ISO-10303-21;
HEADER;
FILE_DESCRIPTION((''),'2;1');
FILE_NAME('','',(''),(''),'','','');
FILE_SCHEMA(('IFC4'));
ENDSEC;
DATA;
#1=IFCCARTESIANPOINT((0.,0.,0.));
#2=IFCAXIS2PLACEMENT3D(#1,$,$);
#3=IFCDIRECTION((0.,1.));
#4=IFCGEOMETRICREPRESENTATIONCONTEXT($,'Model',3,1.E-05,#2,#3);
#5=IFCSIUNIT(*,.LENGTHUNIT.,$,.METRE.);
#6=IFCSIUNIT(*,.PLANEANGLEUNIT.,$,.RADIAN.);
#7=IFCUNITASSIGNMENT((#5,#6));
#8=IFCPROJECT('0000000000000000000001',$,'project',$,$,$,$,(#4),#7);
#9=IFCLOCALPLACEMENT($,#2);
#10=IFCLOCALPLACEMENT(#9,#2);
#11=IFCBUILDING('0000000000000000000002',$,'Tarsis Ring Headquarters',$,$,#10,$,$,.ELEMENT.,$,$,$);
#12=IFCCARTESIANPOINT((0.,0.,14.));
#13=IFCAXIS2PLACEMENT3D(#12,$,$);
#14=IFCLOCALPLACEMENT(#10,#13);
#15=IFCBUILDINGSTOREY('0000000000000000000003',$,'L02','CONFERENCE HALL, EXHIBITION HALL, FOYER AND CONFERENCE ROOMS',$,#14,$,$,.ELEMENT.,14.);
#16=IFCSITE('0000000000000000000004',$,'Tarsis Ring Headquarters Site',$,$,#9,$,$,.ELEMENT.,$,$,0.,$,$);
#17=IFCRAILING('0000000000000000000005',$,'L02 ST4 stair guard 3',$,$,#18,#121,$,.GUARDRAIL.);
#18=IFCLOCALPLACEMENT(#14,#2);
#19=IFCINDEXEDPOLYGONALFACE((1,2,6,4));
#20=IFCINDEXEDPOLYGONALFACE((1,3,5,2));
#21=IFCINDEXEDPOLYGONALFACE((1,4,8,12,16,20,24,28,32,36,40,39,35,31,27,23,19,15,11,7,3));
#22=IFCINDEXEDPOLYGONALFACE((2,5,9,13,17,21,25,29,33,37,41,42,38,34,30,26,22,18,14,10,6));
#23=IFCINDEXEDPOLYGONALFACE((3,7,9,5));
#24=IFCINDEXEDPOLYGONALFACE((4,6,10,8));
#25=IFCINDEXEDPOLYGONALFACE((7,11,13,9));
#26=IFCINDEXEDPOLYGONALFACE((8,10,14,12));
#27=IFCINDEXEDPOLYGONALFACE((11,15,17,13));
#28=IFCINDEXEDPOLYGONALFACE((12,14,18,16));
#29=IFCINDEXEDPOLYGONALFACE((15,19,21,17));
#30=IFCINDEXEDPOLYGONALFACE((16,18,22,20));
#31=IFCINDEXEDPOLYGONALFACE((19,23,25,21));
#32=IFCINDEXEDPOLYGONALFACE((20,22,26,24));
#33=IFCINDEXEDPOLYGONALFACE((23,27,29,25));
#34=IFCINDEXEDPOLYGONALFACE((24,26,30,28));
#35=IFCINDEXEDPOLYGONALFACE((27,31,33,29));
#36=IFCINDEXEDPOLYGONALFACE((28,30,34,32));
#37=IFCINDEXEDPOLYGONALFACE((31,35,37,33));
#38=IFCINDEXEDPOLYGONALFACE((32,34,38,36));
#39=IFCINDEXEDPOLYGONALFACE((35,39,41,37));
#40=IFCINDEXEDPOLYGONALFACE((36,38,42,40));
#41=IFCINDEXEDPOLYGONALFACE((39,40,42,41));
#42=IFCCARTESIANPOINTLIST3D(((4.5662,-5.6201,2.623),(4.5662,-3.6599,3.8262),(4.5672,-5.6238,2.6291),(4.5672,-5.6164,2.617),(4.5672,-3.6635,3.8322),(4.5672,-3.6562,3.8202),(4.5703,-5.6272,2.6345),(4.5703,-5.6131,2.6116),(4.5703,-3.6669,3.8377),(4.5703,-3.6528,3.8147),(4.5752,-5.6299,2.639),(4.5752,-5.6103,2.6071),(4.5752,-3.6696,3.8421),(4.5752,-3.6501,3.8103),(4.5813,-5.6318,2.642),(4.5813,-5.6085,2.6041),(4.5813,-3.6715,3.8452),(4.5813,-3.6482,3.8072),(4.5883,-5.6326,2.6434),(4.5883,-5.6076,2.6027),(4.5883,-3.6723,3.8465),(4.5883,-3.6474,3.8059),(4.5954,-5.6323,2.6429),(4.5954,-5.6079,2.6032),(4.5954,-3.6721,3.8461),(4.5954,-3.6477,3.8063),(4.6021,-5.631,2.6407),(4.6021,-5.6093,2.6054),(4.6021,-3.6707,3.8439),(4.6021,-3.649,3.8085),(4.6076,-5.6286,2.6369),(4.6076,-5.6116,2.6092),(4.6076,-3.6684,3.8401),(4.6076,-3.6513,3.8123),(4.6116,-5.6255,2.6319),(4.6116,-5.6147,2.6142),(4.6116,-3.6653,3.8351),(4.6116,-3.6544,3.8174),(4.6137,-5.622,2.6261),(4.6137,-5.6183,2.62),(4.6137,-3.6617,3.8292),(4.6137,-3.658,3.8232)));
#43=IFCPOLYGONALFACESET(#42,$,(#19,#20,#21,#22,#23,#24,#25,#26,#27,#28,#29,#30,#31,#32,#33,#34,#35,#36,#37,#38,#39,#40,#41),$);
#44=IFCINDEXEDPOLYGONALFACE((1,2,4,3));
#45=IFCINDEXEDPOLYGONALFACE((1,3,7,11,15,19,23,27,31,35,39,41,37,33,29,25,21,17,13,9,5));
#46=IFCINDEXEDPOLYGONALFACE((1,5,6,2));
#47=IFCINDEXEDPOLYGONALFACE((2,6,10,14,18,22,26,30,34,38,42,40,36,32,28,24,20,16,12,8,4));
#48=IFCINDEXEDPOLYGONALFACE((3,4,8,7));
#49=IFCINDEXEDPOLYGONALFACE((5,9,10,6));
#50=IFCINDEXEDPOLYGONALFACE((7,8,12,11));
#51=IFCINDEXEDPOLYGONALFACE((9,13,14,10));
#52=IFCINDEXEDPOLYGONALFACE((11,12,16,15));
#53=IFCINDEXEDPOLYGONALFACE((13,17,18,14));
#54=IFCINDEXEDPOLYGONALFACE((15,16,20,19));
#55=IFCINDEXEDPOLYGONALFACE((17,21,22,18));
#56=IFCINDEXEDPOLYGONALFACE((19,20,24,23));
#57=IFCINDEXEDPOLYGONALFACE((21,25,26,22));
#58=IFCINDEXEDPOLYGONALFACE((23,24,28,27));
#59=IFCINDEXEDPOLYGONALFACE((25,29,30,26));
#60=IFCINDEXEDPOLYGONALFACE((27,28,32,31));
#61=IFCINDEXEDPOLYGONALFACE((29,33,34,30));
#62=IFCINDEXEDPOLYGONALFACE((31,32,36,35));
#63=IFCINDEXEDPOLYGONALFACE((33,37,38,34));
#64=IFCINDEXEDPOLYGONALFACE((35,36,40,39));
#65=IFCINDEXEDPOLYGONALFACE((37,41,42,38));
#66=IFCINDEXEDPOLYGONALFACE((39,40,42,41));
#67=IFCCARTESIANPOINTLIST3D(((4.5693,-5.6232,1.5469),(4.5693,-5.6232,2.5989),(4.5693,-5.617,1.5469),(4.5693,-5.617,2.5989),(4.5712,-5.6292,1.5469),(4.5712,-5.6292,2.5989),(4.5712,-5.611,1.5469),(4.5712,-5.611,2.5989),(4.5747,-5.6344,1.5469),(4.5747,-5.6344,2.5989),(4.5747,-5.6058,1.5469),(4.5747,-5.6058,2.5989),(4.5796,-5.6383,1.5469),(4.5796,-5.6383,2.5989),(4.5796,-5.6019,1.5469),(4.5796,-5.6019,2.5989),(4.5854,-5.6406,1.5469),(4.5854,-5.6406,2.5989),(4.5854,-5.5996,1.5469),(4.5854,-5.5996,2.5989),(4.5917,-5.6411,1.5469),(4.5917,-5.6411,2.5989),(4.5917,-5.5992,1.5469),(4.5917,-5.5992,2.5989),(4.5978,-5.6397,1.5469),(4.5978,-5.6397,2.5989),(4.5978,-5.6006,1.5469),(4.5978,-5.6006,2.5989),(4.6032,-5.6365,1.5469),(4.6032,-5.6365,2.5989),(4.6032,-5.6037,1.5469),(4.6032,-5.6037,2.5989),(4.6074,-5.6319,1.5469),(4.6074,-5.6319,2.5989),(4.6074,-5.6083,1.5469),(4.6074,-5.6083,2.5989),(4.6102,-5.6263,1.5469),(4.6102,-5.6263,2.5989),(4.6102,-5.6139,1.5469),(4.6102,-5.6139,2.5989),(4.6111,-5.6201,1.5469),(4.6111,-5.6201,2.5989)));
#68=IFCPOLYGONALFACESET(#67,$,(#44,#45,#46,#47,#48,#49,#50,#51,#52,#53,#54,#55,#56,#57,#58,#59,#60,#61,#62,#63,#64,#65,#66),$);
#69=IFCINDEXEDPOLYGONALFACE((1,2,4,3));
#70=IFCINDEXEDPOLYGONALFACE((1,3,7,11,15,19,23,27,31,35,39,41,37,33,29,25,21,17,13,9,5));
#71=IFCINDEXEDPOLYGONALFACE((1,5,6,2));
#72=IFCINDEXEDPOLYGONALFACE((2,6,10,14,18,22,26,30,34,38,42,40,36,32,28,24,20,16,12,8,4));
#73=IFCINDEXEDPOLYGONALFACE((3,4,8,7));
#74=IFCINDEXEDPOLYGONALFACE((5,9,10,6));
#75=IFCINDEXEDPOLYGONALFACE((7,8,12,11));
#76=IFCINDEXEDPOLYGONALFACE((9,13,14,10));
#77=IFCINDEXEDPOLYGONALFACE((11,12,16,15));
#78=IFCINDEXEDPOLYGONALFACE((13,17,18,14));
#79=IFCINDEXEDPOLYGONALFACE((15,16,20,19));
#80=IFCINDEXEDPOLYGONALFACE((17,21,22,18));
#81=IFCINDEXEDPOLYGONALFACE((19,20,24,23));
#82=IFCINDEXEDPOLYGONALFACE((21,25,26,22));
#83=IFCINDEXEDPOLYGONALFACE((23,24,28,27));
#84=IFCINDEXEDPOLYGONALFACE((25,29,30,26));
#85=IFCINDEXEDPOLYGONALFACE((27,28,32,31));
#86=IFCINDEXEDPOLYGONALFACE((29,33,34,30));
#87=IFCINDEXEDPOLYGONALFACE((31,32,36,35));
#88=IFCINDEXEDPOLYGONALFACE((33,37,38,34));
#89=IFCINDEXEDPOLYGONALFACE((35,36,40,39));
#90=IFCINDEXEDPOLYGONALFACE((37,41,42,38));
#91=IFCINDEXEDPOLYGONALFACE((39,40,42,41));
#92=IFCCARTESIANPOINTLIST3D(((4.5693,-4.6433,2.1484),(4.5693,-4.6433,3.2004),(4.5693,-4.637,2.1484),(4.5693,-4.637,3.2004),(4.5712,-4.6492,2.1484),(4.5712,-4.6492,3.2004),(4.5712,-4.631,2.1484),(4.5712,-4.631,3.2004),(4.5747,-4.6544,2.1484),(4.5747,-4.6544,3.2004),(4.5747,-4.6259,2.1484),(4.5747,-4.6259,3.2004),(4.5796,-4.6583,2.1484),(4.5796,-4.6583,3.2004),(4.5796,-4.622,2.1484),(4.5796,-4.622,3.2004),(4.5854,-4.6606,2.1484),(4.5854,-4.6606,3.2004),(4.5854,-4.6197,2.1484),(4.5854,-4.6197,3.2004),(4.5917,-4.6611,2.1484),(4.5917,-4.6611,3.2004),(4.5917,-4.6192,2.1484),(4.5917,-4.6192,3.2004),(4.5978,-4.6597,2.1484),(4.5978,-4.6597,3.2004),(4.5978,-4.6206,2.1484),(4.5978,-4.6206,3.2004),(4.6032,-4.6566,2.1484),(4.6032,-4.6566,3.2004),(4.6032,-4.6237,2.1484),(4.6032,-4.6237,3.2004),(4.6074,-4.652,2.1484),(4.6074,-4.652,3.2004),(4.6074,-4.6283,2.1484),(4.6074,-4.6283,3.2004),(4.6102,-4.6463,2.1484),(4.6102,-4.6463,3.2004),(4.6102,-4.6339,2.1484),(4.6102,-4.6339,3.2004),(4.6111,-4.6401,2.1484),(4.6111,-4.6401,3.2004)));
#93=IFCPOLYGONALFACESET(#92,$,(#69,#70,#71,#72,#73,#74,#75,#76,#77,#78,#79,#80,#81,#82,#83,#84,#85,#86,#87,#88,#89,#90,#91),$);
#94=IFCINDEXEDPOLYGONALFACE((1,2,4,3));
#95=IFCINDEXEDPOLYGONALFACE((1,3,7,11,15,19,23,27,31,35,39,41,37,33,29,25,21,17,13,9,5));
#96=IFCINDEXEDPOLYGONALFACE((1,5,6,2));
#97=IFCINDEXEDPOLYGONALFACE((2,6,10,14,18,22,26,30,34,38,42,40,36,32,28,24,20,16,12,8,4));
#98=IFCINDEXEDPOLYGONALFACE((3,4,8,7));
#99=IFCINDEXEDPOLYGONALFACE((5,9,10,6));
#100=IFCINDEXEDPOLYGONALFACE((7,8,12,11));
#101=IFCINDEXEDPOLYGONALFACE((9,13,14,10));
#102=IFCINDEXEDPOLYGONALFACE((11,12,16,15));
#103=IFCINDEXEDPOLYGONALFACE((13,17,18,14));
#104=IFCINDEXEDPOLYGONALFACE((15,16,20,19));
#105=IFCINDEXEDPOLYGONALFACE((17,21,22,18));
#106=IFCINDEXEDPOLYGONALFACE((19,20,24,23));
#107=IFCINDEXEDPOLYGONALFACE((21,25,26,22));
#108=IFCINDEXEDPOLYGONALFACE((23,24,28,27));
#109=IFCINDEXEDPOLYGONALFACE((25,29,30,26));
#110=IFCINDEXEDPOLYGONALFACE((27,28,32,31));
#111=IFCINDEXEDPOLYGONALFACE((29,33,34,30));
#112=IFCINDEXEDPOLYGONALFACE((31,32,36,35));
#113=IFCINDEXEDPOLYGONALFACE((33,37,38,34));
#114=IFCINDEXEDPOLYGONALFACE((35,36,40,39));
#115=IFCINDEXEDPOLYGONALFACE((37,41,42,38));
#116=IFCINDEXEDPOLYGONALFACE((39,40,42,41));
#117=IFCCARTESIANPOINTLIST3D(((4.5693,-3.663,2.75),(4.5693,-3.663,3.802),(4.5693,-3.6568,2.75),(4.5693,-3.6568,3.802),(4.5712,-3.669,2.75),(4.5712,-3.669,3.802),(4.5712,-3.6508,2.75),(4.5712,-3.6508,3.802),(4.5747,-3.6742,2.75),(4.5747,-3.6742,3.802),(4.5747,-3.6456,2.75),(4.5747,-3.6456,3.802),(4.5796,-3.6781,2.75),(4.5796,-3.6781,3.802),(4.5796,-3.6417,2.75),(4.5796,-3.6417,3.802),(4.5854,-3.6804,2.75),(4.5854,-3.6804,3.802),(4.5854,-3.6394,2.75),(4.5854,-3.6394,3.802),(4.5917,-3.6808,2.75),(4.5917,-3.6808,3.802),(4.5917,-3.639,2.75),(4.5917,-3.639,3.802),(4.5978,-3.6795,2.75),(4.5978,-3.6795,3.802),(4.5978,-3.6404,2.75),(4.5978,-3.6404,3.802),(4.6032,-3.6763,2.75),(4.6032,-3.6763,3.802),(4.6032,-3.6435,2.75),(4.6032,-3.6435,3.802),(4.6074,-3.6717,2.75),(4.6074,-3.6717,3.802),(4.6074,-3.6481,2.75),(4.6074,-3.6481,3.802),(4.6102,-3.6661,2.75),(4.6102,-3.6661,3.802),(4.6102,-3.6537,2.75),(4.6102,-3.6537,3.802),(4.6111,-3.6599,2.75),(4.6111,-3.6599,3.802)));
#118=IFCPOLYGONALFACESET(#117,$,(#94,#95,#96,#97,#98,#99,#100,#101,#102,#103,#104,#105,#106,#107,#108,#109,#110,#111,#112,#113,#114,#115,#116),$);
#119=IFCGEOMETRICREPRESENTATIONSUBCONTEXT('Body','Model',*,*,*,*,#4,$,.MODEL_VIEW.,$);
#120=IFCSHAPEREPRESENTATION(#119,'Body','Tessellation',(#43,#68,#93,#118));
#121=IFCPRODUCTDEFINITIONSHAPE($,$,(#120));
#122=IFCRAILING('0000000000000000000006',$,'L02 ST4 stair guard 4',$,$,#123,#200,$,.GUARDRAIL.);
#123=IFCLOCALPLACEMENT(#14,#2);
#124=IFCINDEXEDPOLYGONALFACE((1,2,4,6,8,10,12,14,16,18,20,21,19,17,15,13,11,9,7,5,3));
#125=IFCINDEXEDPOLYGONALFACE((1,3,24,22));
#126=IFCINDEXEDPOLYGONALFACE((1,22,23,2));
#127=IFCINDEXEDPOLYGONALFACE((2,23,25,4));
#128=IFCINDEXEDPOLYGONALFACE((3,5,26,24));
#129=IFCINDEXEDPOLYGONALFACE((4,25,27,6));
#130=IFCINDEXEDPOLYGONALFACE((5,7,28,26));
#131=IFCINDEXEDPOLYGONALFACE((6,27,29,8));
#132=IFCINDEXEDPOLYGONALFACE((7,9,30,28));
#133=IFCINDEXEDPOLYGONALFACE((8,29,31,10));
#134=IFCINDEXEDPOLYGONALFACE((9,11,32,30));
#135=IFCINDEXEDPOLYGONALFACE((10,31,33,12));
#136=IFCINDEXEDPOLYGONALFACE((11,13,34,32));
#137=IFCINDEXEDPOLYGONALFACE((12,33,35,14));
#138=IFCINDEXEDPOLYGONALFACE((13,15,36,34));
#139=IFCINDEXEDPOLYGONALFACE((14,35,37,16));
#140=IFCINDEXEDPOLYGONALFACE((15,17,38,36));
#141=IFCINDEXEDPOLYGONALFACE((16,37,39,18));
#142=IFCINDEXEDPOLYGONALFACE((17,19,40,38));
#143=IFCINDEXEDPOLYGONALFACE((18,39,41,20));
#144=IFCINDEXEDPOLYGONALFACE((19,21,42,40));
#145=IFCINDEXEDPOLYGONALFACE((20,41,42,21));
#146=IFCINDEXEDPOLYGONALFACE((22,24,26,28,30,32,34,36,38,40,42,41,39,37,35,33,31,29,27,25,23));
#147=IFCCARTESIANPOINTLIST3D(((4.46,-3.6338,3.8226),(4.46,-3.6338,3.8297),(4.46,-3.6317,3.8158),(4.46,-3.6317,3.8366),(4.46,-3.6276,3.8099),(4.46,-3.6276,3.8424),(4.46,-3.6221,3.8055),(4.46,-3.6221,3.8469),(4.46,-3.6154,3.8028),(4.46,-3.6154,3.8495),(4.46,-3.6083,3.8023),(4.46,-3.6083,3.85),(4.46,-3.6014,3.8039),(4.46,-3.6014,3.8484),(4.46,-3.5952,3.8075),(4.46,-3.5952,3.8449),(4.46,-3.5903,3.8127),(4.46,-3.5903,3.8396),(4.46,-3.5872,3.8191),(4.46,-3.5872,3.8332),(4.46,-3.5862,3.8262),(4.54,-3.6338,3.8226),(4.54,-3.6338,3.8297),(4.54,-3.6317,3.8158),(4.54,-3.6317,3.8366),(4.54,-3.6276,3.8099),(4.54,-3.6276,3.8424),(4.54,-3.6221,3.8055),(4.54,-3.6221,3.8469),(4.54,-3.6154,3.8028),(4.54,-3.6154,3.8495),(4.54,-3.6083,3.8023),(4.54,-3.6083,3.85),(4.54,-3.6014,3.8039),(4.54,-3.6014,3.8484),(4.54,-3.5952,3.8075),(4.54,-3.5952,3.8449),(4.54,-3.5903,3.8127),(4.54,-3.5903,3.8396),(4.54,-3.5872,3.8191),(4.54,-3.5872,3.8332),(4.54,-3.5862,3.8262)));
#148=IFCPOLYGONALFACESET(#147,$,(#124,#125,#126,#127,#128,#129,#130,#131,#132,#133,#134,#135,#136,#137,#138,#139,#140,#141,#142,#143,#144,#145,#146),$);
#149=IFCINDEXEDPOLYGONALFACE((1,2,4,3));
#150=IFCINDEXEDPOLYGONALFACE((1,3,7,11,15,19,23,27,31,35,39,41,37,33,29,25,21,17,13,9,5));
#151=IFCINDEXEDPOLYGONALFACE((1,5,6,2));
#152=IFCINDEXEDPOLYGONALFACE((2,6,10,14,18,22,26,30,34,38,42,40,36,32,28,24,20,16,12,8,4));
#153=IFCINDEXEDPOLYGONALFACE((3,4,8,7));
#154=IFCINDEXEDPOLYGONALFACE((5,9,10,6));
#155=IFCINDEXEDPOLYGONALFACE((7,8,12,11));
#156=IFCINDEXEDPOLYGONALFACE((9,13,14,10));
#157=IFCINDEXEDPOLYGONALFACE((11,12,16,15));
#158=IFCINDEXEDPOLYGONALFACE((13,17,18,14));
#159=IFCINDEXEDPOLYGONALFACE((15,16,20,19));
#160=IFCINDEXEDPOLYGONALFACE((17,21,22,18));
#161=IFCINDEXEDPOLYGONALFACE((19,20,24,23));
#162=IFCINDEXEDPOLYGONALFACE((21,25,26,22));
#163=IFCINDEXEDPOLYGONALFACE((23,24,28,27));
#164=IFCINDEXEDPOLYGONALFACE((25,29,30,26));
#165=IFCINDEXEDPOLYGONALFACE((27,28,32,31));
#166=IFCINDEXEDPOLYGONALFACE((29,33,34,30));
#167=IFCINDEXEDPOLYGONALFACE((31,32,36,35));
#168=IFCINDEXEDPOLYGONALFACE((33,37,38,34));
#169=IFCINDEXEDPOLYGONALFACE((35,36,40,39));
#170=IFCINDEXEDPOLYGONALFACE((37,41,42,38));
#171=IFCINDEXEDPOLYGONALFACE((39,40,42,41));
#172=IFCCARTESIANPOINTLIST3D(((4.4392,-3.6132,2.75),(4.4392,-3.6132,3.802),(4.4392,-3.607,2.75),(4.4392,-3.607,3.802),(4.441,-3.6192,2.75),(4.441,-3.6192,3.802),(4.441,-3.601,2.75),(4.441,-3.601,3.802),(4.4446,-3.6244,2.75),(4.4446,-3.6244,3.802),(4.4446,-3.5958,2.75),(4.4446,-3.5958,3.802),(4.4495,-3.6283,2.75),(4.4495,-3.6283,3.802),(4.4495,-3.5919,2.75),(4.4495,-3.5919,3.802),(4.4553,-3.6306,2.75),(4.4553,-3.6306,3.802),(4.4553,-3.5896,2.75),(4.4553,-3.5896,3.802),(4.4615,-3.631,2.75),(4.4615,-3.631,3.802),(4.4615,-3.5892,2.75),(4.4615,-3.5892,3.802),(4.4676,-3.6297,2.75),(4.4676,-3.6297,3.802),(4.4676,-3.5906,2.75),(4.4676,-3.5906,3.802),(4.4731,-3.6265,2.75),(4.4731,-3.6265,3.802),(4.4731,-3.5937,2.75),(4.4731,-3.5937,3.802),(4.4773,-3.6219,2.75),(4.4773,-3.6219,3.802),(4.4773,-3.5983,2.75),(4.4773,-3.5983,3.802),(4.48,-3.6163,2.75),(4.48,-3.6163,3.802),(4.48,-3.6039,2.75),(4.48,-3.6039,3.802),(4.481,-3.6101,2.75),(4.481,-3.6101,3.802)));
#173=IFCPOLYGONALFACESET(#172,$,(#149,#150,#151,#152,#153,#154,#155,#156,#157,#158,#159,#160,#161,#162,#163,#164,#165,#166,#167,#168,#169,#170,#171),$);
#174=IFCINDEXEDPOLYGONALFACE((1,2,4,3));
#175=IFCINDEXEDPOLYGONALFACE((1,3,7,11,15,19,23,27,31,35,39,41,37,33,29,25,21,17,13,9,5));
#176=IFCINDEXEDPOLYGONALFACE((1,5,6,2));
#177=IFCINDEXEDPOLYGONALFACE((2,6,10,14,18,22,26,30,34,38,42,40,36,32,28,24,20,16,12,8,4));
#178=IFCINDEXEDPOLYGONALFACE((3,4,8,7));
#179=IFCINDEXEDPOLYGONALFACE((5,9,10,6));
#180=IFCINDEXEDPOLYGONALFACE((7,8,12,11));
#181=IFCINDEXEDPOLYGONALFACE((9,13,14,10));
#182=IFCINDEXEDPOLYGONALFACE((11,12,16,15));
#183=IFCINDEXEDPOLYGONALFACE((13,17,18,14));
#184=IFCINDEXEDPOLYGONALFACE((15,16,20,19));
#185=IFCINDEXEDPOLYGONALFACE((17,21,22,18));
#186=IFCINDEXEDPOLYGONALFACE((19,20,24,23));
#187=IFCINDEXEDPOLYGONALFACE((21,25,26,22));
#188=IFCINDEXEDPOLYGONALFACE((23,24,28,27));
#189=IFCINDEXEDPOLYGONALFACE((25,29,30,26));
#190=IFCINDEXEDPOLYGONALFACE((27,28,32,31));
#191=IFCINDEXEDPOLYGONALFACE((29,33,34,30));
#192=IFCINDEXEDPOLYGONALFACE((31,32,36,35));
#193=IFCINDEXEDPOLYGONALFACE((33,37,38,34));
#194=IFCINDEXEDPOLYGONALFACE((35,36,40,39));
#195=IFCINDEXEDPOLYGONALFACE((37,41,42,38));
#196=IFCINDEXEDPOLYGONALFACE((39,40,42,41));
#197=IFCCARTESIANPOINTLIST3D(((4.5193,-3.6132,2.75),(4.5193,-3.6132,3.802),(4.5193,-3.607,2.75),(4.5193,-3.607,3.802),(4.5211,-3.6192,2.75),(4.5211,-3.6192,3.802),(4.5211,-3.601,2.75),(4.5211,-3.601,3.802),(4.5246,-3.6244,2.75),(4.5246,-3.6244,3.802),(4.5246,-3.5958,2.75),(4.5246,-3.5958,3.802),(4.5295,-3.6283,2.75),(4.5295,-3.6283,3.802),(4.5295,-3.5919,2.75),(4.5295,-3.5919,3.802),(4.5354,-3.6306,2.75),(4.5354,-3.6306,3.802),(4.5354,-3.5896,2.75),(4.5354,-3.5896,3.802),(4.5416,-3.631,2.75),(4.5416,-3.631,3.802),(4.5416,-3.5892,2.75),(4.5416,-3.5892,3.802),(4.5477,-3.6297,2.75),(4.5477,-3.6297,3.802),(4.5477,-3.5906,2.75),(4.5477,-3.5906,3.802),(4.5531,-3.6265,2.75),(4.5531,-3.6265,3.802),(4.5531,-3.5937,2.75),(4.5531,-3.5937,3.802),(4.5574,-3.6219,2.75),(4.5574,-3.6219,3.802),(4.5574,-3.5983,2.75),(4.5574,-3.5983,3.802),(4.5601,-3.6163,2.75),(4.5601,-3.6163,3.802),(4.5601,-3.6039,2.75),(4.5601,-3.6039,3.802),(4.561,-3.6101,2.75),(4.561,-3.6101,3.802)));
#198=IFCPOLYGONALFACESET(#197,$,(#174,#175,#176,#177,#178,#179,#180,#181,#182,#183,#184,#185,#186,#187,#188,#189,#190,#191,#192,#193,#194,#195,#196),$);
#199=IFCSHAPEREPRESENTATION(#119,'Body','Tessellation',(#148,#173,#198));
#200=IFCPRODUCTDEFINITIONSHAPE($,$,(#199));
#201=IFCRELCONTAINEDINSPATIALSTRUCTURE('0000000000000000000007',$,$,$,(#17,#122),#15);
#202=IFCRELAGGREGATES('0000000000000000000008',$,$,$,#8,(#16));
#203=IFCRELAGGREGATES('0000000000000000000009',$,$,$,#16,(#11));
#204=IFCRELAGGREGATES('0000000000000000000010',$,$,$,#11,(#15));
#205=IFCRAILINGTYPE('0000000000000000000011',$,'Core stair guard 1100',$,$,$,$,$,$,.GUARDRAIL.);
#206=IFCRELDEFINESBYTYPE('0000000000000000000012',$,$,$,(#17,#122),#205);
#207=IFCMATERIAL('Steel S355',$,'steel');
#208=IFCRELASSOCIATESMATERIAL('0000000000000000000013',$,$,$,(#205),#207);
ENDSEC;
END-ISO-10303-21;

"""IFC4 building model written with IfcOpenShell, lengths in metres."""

from ifc_helpers import new_model, si_unit, direction, frame, origin, origin_2d, place, context, subcontext, project, spatial, circle, extrude, material, type_object, element, save


model = new_model("IFC4")

# Units and contexts
model_context = context("Model", 3, precision=1e-05, world=origin(), true_north=direction((0.0, 1.0)))
body_context = subcontext(model_context, "Body", "Model", "MODEL_VIEW")
ifc_project = project(units=[si_unit("LENGTHUNIT", "METRE"), si_unit("PLANEANGLEUNIT", "RADIAN")], contexts=[model_context])

# Site, building, storey
site_placement = place(None, origin())
site = spatial("IfcSite", under=ifc_project, at=site_placement, Name="Tarsis Ring Headquarters Site", CompositionType="ELEMENT", RefElevation=0.0)
building_placement = place(site_placement, origin())
building = spatial("IfcBuilding", under=site, at=building_placement, Name="Tarsis Ring Headquarters", CompositionType="ELEMENT")
storey_placement = place(building_placement, frame((0.0, 0.0, 14.0)))
storey = spatial("IfcBuildingStorey", under=building, at=storey_placement, Name="L02", Description="CONFERENCE HALL, EXHIBITION HALL, FOYER AND CONFERENCE ROOMS", CompositionType="ELEMENT", Elevation=14.0)

# Railings
ifc_material_1 = material(Name="Steel S355", Category="steel")
railing_type_1 = type_object("IfcRailingType", Name="Core stair guard 1100", PredefinedType="GUARDRAIL", material=ifc_material_1)
railing_1_placement = place(storey_placement, frame((4.5901, -5.6201, 1.5469)))
element("IfcRailing", 1, at=railing_1_placement, inside=storey, type_object=railing_type_1, Name="L02 ST4 stair guard 3", PredefinedType="GUARDRAIL", context=body_context, shape_type="SweptSolid", body=[
    extrude(circle(Radius=0.0239, at=origin_2d()), frame((0.0, 0.0, 1.0762), z_axis=(0.0, 0.85227, 0.523102), x_axis=(-1.0, 0.0, 0.0)), (0.0, 0.0, 1.0), 2.3),
    extrude(circle(Radius=0.021, at=origin_2d()), origin(), (0.0, 0.0, 1.0), 1.052),
    extrude(circle(Radius=0.021, at=origin_2d()), frame((0.0, 0.98, 0.6016)), (0.0, 0.0, 1.0), 1.052),
    extrude(circle(Radius=0.021, at=origin_2d()), frame((0.0, 1.9602, 1.2031)), (0.0, 0.0, 1.0), 1.052),
])
railing_2_placement = place(storey_placement, frame((4.46, -3.6101, 2.75)))
element("IfcRailing", 2, at=railing_2_placement, inside=storey, type_object=railing_type_1, Name="L02 ST4 stair guard 4", PredefinedType="GUARDRAIL", context=body_context, shape_type="SweptSolid", body=[
    extrude(circle(Radius=0.0239, at=origin_2d()), frame((0.0, 0.0, 1.0762), z_axis=(1.0, 0.0, 0.0), x_axis=(0.0, 1.0, 0.0)), (0.0, 0.0, 1.0), 0.0801),
    extrude(circle(Radius=0.021, at=origin_2d()), origin(), (0.0, 0.0, 1.0), 1.052),
    extrude(circle(Radius=0.021, at=origin_2d()), frame((0.0801, 0.0, 0.0)), (0.0, 0.0, 1.0), 1.052),
])

save(model, "model.ifc")
